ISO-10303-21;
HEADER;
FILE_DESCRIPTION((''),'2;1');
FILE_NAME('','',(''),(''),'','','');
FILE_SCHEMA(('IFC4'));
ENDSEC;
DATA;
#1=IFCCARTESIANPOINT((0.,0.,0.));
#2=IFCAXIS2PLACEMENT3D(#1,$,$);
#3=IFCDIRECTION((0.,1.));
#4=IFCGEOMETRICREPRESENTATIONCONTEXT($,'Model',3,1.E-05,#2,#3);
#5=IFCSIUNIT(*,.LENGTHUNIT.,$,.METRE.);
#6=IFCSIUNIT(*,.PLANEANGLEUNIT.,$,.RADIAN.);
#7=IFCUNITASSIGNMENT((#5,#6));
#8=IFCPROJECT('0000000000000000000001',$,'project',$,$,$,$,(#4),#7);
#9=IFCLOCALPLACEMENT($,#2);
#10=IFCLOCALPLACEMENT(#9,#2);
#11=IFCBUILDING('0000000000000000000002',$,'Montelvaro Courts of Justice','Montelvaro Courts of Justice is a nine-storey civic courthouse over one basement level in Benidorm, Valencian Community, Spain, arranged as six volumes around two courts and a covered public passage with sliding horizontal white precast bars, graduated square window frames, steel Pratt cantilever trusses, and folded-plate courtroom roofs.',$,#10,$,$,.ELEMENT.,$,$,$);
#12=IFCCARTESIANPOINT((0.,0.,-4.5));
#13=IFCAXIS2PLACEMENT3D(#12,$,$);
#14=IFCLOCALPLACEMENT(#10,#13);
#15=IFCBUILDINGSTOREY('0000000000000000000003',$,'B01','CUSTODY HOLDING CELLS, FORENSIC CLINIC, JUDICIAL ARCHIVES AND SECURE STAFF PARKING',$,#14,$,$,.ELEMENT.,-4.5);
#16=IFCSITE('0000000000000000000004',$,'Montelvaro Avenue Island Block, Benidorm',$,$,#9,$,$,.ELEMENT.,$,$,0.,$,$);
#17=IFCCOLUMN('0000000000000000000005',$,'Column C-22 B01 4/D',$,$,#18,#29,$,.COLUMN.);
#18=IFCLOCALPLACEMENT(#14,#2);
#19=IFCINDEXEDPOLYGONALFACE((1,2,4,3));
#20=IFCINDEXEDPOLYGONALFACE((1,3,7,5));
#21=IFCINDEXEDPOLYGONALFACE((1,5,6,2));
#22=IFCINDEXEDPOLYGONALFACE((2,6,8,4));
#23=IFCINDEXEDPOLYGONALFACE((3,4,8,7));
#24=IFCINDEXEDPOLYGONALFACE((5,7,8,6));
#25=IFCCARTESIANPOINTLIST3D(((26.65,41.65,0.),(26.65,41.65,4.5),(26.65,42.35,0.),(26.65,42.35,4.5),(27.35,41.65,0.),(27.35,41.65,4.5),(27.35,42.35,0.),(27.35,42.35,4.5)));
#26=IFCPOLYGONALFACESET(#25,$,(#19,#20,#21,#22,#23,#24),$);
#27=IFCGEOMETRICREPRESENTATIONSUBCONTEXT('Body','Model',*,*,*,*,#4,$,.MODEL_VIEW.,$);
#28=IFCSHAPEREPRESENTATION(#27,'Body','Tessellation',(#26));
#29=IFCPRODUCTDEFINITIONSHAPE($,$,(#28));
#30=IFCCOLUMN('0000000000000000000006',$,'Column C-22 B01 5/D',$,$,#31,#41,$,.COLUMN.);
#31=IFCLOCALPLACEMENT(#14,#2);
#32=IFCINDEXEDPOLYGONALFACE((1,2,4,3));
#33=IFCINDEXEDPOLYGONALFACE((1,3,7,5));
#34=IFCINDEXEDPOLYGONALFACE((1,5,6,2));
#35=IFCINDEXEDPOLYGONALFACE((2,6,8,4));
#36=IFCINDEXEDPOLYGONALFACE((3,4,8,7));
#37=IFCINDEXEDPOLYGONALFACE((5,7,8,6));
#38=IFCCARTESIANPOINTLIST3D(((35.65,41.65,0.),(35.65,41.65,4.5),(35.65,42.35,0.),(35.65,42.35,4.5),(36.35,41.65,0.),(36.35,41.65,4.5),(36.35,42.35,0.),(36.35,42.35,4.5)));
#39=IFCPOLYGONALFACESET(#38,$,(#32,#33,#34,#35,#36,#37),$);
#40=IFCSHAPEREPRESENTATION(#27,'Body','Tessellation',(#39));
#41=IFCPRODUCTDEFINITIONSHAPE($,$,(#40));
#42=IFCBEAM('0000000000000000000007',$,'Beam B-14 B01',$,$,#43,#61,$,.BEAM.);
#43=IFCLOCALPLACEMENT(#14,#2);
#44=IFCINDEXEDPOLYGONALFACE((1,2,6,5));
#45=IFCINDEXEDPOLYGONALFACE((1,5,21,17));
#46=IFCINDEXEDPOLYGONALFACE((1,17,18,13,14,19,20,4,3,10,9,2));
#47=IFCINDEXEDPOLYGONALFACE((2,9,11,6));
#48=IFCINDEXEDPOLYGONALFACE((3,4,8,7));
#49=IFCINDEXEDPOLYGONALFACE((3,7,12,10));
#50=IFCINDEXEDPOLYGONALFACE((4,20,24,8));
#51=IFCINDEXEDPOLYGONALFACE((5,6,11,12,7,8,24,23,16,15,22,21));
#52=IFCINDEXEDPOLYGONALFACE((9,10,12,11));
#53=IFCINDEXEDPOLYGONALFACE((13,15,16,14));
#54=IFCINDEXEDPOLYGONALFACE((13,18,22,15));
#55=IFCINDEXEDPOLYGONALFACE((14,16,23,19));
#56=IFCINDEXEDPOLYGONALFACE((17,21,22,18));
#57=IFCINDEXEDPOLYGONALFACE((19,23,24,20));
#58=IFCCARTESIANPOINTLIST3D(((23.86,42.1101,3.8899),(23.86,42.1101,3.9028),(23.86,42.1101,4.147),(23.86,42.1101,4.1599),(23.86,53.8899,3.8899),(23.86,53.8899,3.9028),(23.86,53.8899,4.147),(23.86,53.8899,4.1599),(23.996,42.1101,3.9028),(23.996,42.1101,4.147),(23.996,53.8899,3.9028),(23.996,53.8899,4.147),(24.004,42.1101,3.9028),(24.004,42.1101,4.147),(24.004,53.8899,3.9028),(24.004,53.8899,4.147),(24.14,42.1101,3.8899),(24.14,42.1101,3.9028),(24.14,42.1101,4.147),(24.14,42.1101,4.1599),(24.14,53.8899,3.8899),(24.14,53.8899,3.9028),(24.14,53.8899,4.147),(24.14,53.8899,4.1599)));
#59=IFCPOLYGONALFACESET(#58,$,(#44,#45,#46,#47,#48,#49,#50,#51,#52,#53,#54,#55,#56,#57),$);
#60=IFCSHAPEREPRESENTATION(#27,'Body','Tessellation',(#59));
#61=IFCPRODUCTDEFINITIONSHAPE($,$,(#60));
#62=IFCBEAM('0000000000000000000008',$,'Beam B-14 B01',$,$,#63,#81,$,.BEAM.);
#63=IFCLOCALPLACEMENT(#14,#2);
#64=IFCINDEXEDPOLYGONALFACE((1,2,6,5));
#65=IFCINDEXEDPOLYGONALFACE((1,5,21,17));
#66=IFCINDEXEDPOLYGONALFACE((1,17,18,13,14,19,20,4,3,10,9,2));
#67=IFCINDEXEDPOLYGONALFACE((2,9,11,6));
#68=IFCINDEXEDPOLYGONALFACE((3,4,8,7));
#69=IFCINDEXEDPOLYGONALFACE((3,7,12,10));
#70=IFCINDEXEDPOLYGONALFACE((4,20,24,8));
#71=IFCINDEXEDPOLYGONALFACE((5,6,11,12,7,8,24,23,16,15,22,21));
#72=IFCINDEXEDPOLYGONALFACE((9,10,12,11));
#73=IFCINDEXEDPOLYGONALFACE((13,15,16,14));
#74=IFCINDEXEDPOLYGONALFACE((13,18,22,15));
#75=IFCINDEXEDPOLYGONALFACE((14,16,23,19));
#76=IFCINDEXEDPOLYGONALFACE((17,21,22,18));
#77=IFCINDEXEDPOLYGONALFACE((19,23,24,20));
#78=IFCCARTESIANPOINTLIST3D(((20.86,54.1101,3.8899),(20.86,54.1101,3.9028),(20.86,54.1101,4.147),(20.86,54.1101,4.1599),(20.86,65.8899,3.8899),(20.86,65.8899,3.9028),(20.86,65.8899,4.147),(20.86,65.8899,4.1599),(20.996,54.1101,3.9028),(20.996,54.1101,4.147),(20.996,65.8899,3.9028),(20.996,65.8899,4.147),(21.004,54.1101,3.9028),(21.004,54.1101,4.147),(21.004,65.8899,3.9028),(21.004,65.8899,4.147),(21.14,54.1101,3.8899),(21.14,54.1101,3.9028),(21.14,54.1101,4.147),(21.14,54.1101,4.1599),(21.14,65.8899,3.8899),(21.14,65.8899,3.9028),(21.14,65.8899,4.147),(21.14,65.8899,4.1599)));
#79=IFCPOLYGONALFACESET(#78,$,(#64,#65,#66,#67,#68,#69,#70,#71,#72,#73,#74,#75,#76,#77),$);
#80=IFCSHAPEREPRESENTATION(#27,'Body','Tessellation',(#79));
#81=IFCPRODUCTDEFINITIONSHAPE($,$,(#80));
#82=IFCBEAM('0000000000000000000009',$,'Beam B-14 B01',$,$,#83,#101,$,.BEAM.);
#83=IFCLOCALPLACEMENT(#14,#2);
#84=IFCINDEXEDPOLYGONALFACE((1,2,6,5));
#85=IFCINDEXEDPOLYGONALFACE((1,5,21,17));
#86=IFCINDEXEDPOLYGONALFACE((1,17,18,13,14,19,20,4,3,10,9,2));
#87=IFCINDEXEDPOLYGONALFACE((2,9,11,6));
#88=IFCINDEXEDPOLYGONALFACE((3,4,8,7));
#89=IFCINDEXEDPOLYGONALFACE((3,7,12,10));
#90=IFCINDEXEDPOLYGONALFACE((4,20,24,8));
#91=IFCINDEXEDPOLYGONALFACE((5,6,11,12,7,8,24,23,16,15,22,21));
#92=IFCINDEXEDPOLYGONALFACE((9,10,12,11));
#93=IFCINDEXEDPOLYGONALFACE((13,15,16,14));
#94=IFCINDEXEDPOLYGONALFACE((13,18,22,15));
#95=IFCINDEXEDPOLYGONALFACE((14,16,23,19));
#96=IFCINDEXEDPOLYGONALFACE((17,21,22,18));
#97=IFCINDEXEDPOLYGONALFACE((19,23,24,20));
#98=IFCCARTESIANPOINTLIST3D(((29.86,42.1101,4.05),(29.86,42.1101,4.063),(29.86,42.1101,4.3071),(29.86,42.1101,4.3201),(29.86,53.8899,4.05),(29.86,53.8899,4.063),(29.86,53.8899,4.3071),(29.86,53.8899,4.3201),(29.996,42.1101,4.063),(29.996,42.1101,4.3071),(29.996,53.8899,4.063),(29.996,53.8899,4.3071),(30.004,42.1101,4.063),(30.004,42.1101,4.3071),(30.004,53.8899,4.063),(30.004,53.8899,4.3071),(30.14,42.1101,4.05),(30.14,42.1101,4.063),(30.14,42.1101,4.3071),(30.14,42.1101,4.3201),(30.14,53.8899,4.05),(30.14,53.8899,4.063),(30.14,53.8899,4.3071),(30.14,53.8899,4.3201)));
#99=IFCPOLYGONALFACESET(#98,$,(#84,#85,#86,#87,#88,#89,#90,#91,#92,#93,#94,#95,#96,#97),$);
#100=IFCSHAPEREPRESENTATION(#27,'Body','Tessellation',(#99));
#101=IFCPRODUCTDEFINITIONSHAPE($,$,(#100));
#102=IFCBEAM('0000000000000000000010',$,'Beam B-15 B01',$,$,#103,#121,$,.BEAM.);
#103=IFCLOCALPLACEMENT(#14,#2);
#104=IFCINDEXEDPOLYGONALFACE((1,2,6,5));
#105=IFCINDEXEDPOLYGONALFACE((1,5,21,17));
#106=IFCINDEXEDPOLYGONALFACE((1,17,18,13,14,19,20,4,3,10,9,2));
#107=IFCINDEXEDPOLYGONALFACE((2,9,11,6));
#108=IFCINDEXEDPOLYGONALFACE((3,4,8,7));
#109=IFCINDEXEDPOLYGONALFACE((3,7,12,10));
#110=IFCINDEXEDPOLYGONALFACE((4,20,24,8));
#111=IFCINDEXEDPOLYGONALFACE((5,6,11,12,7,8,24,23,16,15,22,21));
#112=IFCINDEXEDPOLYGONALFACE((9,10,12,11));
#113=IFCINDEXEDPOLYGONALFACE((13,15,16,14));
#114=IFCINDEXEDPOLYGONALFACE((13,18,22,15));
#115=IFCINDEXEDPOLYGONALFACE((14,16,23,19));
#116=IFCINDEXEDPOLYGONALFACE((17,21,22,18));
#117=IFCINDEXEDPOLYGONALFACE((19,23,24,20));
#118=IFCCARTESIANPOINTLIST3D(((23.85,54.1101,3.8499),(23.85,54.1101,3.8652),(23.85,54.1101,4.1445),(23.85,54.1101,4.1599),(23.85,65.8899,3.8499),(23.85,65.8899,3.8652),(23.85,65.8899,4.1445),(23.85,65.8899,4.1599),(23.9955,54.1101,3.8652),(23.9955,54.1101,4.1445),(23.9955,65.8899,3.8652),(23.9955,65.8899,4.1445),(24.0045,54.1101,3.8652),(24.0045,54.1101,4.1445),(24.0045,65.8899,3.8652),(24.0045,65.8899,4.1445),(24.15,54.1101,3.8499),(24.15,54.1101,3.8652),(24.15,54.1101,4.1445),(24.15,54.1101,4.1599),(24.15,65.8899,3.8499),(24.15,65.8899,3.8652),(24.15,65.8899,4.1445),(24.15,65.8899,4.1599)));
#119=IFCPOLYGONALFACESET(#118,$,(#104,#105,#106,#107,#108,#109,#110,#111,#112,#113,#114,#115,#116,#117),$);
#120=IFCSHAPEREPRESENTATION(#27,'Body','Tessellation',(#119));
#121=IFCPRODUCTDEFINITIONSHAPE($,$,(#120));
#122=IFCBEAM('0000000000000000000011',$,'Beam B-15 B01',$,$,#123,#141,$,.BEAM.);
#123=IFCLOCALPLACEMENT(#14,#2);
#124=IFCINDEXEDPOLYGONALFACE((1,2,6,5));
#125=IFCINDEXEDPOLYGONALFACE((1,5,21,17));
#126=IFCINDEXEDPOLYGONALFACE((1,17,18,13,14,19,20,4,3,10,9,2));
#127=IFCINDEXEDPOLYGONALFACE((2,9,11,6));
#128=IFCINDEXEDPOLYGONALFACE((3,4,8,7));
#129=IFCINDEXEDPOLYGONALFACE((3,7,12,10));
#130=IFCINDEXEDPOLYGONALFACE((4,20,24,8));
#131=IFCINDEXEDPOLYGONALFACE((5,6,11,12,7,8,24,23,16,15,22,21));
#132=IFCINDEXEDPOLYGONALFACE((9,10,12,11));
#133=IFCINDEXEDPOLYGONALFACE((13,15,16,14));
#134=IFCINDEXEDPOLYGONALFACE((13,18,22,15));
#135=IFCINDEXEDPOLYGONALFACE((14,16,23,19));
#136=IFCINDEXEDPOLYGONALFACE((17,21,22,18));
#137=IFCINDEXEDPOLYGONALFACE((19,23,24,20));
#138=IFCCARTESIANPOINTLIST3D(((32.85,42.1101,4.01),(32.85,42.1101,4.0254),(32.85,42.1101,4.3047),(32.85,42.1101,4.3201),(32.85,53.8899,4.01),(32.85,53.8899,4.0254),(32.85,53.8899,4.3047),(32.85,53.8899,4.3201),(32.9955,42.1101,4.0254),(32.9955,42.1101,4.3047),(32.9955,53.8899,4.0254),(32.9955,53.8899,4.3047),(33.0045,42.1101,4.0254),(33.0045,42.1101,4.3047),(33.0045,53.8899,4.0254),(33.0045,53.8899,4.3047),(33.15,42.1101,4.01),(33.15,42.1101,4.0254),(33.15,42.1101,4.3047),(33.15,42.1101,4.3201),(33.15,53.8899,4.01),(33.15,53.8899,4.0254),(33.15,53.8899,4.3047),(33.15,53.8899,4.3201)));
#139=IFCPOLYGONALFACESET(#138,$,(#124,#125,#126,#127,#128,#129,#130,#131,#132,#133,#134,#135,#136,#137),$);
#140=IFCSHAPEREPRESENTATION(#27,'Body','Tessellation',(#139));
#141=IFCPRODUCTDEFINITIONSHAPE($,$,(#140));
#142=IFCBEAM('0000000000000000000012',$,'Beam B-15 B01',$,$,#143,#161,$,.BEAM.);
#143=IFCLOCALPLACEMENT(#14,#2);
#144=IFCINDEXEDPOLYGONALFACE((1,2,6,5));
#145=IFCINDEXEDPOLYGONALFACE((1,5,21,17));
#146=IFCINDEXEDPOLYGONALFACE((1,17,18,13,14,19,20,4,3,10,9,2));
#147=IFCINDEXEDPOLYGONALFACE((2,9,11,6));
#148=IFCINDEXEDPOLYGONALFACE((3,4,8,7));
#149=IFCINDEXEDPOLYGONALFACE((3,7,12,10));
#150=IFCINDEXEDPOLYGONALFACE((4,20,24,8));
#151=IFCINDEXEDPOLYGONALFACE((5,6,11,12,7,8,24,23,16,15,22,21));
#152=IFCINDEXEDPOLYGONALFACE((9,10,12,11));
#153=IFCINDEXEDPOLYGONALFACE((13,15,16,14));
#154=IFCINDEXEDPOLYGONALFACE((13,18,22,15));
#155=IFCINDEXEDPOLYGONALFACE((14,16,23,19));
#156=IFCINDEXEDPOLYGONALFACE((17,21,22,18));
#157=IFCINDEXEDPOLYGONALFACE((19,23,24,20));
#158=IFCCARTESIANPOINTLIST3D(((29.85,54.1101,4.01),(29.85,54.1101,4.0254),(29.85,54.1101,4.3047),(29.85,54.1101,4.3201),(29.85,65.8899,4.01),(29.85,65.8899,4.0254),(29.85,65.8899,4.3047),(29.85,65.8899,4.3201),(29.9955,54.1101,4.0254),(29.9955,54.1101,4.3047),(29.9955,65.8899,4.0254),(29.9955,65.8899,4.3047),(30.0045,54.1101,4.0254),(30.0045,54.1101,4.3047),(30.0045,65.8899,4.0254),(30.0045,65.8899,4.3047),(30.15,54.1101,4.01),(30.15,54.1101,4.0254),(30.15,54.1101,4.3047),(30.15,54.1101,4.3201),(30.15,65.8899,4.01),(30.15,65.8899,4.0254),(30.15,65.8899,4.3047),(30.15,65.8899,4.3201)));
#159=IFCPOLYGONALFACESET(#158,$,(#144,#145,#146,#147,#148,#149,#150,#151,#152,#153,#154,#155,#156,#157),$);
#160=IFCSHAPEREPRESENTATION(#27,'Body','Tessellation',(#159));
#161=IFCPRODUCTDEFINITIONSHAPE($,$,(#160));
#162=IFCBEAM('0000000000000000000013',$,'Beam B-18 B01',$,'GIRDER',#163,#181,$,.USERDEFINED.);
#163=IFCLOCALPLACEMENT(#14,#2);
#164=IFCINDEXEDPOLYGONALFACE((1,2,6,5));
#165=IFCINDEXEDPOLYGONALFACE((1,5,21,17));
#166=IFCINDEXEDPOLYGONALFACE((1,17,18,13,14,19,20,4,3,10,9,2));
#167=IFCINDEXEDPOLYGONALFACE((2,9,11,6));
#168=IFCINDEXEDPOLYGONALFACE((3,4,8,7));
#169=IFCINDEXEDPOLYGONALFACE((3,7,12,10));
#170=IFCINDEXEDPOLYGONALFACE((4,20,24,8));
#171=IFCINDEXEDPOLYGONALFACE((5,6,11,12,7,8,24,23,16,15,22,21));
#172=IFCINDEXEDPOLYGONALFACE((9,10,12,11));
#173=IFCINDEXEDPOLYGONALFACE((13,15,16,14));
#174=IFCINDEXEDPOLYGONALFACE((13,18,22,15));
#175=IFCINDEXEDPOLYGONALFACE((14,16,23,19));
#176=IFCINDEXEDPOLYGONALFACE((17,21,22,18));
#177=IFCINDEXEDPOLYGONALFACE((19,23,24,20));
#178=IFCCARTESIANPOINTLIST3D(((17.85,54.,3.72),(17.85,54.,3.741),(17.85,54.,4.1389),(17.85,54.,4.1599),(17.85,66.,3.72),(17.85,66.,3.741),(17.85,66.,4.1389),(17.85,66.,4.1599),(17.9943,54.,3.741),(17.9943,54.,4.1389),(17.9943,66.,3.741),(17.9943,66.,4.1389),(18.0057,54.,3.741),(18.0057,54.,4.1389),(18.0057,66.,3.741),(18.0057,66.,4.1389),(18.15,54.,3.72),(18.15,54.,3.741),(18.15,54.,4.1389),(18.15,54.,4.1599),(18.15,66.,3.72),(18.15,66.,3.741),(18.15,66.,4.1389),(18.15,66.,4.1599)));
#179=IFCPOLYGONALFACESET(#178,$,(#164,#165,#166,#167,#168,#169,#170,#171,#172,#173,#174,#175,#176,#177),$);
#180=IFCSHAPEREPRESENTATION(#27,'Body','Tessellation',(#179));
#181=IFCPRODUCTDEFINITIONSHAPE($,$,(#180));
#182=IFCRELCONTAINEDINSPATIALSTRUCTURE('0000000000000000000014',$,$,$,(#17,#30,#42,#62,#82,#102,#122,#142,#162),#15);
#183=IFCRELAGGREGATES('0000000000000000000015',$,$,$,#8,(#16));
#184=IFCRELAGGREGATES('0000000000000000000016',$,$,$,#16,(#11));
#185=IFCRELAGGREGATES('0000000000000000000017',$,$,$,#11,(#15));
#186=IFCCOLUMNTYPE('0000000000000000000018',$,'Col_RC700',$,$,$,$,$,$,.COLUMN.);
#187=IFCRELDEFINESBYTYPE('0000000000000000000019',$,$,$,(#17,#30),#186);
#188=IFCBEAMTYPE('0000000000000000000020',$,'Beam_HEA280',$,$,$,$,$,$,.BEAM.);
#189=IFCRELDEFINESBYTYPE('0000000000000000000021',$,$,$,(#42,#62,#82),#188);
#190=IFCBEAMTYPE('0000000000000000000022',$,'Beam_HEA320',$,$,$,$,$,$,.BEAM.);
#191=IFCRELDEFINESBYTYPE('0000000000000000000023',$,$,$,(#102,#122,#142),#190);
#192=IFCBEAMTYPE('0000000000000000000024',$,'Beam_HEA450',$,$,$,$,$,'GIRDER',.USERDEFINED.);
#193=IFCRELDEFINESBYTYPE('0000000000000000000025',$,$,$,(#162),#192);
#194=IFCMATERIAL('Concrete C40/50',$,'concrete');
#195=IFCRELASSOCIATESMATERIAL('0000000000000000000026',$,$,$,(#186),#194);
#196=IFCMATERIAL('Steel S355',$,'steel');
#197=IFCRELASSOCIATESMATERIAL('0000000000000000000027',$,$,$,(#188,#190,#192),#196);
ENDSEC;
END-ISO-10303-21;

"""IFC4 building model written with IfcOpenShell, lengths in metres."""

from ifc_helpers import new_model, si_unit, direction, frame, origin, origin_2d, place, context, subcontext, project, spatial, rectangle, i_section, extrude, material, material_profile, profile_set, type_object, element, save


model = new_model("IFC4")

# Units and contexts
model_context = context("Model", 3, precision=1e-05, world=origin(), true_north=direction((0.0, 1.0)))
body_context = subcontext(model_context, "Body", "Model", "MODEL_VIEW")
ifc_project = project(units=[si_unit("LENGTHUNIT", "METRE"), si_unit("PLANEANGLEUNIT", "RADIAN")], contexts=[model_context])

# Site, building, storey
site_placement = place(None, origin())
site = spatial("IfcSite", under=ifc_project, at=site_placement, Name="Montelvaro Avenue Island Block, Benidorm", CompositionType="ELEMENT", RefElevation=0.0)
building_placement = place(site_placement, origin())
building = spatial("IfcBuilding", under=site, at=building_placement, Name="Montelvaro Courts of Justice", Description="Montelvaro Courts of Justice is a nine-storey civic courthouse over one basement level in Benidorm, Valencian Community, Spain, arranged as six volumes around two courts and a covered public passage with sliding horizontal white precast bars, graduated square window frames, steel Pratt cantilever trusses, and folded-plate courtroom roofs.", CompositionType="ELEMENT")
storey_placement = place(building_placement, frame((0.0, 0.0, -4.5)))
storey = spatial("IfcBuildingStorey", under=building, at=storey_placement, Name="B01", Description="CUSTODY HOLDING CELLS, FORENSIC CLINIC, JUDICIAL ARCHIVES AND SECURE STAFF PARKING", CompositionType="ELEMENT", Elevation=-4.5)

# Columns
ifc_material_1 = material(Name="Concrete C40/50", Category="concrete")
ifc_material_profile_1 = material_profile(ifc_material_1, rectangle(XDim=0.7, YDim=0.7, at=origin_2d()), Name="RC 700x700")
ifc_profile_set_1 = profile_set([ifc_material_profile_1], Name="Concrete C40/50")
column_type_1 = type_object("IfcColumnType", Name="Col_RC700", PredefinedType="COLUMN", material=ifc_profile_set_1)
for number, where, z_axis, x_axis, name in (
    (1, (27.0, 42.0, 0.0), (0.0, 0.0, 1.0), (1.0, 0.0, 0.0), "Column C-22 B01 4/D"),
    (2, (36.0, 42.0, 0.0), (0.0, 0.0, 1.0), (1.0, 0.0, 0.0), "Column C-22 B01 5/D"),
):
    element("IfcColumn", number, at=place(storey_placement, frame(where, z_axis=z_axis, x_axis=x_axis)), inside=storey, type_object=column_type_1, Name=name, PredefinedType="COLUMN", context=body_context, shape_type="SweptSolid", body=[
        extrude(rectangle(XDim=0.7, YDim=0.7, at=origin_2d()), origin(), (0.0, 0.0, 1.0), 4.5),
    ])

# Beams
ifc_material_2 = material(Name="Steel S355", Category="steel")
ifc_material_profile_2 = material_profile(ifc_material_2, i_section(OverallWidth=0.28, OverallDepth=0.27, WebThickness=0.0081, FlangeThickness=0.0129, at=origin_2d()), Name="HEA 280")
ifc_profile_set_2 = profile_set([ifc_material_profile_2], Name="Steel S355")
beam_type_1 = type_object("IfcBeamType", Name="Beam_HEA280", PredefinedType="BEAM", material=ifc_profile_set_2)
for number, where, z_axis, x_axis, name in (
    (3, (24.0, 42.1101, 4.0249), (0.0, 1.0, 0.0), (-1.0, 0.0, 0.0), "Beam B-14 B01"),
    (4, (21.0, 54.1101, 4.0249), (0.0, 1.0, 0.0), (-1.0, 0.0, 0.0), "Beam B-14 B01"),
    (5, (30.0, 42.1101, 4.1851), (0.0, 1.0, 0.0), (-1.0, 0.0, 0.0), "Beam B-14 B01"),
):
    element("IfcBeam", number, at=place(storey_placement, frame(where, z_axis=z_axis, x_axis=x_axis)), inside=storey, type_object=beam_type_1, Name=name, PredefinedType="BEAM", context=body_context, shape_type="SweptSolid", body=[
        extrude(i_section(OverallWidth=0.28, OverallDepth=0.27, WebThickness=0.0081, FlangeThickness=0.0129, at=origin_2d()), origin(), (0.0, 0.0, 1.0), 11.7798),
    ])
ifc_material_profile_3 = material_profile(ifc_material_2, i_section(OverallWidth=0.3, OverallDepth=0.3101, WebThickness=0.009, FlangeThickness=0.0154, at=origin_2d()), Name="HEA 320")
ifc_profile_set_3 = profile_set([ifc_material_profile_3], Name="Steel S355")
beam_type_2 = type_object("IfcBeamType", Name="Beam_HEA320", PredefinedType="BEAM", material=ifc_profile_set_3)
for number, where, z_axis, x_axis, name in (
    (6, (24.0, 54.1101, 4.0049), (0.0, 1.0, 0.0), (-1.0, 0.0, 0.0), "Beam B-15 B01"),
    (7, (33.0, 42.1101, 4.165), (0.0, 1.0, 0.0), (-1.0, 0.0, 0.0), "Beam B-15 B01"),
    (8, (30.0, 54.1101, 4.165), (0.0, 1.0, 0.0), (-1.0, 0.0, 0.0), "Beam B-15 B01"),
):
    element("IfcBeam", number, at=place(storey_placement, frame(where, z_axis=z_axis, x_axis=x_axis)), inside=storey, type_object=beam_type_2, Name=name, PredefinedType="BEAM", context=body_context, shape_type="SweptSolid", body=[
        extrude(i_section(OverallWidth=0.3, OverallDepth=0.3101, WebThickness=0.009, FlangeThickness=0.0154, at=origin_2d()), origin(), (0.0, 0.0, 1.0), 11.7798),
    ])
ifc_material_profile_4 = material_profile(ifc_material_2, i_section(OverallWidth=0.3, OverallDepth=0.4399, WebThickness=0.0115, FlangeThickness=0.021, at=origin_2d()), Name="HEA 450")
ifc_profile_set_4 = profile_set([ifc_material_profile_4], Name="Steel S355")
beam_type_3 = type_object("IfcBeamType", Name="Beam_HEA450", ElementType="GIRDER", PredefinedType="USERDEFINED", material=ifc_profile_set_4)
beam_1_placement = place(storey_placement, frame((18.0, 54.0, 3.9399), z_axis=(0.0, 1.0, 0.0), x_axis=(-1.0, 0.0, 0.0)))
element("IfcBeam", 9, at=beam_1_placement, inside=storey, type_object=beam_type_3, Name="Beam B-18 B01", ObjectType="GIRDER", PredefinedType="USERDEFINED", context=body_context, shape_type="SweptSolid", body=[
    extrude(i_section(OverallWidth=0.3, OverallDepth=0.4399, WebThickness=0.0115, FlangeThickness=0.021, at=origin_2d()), origin(), (0.0, 0.0, 1.0), 12.0),
])

save(model, "model.ifc")
